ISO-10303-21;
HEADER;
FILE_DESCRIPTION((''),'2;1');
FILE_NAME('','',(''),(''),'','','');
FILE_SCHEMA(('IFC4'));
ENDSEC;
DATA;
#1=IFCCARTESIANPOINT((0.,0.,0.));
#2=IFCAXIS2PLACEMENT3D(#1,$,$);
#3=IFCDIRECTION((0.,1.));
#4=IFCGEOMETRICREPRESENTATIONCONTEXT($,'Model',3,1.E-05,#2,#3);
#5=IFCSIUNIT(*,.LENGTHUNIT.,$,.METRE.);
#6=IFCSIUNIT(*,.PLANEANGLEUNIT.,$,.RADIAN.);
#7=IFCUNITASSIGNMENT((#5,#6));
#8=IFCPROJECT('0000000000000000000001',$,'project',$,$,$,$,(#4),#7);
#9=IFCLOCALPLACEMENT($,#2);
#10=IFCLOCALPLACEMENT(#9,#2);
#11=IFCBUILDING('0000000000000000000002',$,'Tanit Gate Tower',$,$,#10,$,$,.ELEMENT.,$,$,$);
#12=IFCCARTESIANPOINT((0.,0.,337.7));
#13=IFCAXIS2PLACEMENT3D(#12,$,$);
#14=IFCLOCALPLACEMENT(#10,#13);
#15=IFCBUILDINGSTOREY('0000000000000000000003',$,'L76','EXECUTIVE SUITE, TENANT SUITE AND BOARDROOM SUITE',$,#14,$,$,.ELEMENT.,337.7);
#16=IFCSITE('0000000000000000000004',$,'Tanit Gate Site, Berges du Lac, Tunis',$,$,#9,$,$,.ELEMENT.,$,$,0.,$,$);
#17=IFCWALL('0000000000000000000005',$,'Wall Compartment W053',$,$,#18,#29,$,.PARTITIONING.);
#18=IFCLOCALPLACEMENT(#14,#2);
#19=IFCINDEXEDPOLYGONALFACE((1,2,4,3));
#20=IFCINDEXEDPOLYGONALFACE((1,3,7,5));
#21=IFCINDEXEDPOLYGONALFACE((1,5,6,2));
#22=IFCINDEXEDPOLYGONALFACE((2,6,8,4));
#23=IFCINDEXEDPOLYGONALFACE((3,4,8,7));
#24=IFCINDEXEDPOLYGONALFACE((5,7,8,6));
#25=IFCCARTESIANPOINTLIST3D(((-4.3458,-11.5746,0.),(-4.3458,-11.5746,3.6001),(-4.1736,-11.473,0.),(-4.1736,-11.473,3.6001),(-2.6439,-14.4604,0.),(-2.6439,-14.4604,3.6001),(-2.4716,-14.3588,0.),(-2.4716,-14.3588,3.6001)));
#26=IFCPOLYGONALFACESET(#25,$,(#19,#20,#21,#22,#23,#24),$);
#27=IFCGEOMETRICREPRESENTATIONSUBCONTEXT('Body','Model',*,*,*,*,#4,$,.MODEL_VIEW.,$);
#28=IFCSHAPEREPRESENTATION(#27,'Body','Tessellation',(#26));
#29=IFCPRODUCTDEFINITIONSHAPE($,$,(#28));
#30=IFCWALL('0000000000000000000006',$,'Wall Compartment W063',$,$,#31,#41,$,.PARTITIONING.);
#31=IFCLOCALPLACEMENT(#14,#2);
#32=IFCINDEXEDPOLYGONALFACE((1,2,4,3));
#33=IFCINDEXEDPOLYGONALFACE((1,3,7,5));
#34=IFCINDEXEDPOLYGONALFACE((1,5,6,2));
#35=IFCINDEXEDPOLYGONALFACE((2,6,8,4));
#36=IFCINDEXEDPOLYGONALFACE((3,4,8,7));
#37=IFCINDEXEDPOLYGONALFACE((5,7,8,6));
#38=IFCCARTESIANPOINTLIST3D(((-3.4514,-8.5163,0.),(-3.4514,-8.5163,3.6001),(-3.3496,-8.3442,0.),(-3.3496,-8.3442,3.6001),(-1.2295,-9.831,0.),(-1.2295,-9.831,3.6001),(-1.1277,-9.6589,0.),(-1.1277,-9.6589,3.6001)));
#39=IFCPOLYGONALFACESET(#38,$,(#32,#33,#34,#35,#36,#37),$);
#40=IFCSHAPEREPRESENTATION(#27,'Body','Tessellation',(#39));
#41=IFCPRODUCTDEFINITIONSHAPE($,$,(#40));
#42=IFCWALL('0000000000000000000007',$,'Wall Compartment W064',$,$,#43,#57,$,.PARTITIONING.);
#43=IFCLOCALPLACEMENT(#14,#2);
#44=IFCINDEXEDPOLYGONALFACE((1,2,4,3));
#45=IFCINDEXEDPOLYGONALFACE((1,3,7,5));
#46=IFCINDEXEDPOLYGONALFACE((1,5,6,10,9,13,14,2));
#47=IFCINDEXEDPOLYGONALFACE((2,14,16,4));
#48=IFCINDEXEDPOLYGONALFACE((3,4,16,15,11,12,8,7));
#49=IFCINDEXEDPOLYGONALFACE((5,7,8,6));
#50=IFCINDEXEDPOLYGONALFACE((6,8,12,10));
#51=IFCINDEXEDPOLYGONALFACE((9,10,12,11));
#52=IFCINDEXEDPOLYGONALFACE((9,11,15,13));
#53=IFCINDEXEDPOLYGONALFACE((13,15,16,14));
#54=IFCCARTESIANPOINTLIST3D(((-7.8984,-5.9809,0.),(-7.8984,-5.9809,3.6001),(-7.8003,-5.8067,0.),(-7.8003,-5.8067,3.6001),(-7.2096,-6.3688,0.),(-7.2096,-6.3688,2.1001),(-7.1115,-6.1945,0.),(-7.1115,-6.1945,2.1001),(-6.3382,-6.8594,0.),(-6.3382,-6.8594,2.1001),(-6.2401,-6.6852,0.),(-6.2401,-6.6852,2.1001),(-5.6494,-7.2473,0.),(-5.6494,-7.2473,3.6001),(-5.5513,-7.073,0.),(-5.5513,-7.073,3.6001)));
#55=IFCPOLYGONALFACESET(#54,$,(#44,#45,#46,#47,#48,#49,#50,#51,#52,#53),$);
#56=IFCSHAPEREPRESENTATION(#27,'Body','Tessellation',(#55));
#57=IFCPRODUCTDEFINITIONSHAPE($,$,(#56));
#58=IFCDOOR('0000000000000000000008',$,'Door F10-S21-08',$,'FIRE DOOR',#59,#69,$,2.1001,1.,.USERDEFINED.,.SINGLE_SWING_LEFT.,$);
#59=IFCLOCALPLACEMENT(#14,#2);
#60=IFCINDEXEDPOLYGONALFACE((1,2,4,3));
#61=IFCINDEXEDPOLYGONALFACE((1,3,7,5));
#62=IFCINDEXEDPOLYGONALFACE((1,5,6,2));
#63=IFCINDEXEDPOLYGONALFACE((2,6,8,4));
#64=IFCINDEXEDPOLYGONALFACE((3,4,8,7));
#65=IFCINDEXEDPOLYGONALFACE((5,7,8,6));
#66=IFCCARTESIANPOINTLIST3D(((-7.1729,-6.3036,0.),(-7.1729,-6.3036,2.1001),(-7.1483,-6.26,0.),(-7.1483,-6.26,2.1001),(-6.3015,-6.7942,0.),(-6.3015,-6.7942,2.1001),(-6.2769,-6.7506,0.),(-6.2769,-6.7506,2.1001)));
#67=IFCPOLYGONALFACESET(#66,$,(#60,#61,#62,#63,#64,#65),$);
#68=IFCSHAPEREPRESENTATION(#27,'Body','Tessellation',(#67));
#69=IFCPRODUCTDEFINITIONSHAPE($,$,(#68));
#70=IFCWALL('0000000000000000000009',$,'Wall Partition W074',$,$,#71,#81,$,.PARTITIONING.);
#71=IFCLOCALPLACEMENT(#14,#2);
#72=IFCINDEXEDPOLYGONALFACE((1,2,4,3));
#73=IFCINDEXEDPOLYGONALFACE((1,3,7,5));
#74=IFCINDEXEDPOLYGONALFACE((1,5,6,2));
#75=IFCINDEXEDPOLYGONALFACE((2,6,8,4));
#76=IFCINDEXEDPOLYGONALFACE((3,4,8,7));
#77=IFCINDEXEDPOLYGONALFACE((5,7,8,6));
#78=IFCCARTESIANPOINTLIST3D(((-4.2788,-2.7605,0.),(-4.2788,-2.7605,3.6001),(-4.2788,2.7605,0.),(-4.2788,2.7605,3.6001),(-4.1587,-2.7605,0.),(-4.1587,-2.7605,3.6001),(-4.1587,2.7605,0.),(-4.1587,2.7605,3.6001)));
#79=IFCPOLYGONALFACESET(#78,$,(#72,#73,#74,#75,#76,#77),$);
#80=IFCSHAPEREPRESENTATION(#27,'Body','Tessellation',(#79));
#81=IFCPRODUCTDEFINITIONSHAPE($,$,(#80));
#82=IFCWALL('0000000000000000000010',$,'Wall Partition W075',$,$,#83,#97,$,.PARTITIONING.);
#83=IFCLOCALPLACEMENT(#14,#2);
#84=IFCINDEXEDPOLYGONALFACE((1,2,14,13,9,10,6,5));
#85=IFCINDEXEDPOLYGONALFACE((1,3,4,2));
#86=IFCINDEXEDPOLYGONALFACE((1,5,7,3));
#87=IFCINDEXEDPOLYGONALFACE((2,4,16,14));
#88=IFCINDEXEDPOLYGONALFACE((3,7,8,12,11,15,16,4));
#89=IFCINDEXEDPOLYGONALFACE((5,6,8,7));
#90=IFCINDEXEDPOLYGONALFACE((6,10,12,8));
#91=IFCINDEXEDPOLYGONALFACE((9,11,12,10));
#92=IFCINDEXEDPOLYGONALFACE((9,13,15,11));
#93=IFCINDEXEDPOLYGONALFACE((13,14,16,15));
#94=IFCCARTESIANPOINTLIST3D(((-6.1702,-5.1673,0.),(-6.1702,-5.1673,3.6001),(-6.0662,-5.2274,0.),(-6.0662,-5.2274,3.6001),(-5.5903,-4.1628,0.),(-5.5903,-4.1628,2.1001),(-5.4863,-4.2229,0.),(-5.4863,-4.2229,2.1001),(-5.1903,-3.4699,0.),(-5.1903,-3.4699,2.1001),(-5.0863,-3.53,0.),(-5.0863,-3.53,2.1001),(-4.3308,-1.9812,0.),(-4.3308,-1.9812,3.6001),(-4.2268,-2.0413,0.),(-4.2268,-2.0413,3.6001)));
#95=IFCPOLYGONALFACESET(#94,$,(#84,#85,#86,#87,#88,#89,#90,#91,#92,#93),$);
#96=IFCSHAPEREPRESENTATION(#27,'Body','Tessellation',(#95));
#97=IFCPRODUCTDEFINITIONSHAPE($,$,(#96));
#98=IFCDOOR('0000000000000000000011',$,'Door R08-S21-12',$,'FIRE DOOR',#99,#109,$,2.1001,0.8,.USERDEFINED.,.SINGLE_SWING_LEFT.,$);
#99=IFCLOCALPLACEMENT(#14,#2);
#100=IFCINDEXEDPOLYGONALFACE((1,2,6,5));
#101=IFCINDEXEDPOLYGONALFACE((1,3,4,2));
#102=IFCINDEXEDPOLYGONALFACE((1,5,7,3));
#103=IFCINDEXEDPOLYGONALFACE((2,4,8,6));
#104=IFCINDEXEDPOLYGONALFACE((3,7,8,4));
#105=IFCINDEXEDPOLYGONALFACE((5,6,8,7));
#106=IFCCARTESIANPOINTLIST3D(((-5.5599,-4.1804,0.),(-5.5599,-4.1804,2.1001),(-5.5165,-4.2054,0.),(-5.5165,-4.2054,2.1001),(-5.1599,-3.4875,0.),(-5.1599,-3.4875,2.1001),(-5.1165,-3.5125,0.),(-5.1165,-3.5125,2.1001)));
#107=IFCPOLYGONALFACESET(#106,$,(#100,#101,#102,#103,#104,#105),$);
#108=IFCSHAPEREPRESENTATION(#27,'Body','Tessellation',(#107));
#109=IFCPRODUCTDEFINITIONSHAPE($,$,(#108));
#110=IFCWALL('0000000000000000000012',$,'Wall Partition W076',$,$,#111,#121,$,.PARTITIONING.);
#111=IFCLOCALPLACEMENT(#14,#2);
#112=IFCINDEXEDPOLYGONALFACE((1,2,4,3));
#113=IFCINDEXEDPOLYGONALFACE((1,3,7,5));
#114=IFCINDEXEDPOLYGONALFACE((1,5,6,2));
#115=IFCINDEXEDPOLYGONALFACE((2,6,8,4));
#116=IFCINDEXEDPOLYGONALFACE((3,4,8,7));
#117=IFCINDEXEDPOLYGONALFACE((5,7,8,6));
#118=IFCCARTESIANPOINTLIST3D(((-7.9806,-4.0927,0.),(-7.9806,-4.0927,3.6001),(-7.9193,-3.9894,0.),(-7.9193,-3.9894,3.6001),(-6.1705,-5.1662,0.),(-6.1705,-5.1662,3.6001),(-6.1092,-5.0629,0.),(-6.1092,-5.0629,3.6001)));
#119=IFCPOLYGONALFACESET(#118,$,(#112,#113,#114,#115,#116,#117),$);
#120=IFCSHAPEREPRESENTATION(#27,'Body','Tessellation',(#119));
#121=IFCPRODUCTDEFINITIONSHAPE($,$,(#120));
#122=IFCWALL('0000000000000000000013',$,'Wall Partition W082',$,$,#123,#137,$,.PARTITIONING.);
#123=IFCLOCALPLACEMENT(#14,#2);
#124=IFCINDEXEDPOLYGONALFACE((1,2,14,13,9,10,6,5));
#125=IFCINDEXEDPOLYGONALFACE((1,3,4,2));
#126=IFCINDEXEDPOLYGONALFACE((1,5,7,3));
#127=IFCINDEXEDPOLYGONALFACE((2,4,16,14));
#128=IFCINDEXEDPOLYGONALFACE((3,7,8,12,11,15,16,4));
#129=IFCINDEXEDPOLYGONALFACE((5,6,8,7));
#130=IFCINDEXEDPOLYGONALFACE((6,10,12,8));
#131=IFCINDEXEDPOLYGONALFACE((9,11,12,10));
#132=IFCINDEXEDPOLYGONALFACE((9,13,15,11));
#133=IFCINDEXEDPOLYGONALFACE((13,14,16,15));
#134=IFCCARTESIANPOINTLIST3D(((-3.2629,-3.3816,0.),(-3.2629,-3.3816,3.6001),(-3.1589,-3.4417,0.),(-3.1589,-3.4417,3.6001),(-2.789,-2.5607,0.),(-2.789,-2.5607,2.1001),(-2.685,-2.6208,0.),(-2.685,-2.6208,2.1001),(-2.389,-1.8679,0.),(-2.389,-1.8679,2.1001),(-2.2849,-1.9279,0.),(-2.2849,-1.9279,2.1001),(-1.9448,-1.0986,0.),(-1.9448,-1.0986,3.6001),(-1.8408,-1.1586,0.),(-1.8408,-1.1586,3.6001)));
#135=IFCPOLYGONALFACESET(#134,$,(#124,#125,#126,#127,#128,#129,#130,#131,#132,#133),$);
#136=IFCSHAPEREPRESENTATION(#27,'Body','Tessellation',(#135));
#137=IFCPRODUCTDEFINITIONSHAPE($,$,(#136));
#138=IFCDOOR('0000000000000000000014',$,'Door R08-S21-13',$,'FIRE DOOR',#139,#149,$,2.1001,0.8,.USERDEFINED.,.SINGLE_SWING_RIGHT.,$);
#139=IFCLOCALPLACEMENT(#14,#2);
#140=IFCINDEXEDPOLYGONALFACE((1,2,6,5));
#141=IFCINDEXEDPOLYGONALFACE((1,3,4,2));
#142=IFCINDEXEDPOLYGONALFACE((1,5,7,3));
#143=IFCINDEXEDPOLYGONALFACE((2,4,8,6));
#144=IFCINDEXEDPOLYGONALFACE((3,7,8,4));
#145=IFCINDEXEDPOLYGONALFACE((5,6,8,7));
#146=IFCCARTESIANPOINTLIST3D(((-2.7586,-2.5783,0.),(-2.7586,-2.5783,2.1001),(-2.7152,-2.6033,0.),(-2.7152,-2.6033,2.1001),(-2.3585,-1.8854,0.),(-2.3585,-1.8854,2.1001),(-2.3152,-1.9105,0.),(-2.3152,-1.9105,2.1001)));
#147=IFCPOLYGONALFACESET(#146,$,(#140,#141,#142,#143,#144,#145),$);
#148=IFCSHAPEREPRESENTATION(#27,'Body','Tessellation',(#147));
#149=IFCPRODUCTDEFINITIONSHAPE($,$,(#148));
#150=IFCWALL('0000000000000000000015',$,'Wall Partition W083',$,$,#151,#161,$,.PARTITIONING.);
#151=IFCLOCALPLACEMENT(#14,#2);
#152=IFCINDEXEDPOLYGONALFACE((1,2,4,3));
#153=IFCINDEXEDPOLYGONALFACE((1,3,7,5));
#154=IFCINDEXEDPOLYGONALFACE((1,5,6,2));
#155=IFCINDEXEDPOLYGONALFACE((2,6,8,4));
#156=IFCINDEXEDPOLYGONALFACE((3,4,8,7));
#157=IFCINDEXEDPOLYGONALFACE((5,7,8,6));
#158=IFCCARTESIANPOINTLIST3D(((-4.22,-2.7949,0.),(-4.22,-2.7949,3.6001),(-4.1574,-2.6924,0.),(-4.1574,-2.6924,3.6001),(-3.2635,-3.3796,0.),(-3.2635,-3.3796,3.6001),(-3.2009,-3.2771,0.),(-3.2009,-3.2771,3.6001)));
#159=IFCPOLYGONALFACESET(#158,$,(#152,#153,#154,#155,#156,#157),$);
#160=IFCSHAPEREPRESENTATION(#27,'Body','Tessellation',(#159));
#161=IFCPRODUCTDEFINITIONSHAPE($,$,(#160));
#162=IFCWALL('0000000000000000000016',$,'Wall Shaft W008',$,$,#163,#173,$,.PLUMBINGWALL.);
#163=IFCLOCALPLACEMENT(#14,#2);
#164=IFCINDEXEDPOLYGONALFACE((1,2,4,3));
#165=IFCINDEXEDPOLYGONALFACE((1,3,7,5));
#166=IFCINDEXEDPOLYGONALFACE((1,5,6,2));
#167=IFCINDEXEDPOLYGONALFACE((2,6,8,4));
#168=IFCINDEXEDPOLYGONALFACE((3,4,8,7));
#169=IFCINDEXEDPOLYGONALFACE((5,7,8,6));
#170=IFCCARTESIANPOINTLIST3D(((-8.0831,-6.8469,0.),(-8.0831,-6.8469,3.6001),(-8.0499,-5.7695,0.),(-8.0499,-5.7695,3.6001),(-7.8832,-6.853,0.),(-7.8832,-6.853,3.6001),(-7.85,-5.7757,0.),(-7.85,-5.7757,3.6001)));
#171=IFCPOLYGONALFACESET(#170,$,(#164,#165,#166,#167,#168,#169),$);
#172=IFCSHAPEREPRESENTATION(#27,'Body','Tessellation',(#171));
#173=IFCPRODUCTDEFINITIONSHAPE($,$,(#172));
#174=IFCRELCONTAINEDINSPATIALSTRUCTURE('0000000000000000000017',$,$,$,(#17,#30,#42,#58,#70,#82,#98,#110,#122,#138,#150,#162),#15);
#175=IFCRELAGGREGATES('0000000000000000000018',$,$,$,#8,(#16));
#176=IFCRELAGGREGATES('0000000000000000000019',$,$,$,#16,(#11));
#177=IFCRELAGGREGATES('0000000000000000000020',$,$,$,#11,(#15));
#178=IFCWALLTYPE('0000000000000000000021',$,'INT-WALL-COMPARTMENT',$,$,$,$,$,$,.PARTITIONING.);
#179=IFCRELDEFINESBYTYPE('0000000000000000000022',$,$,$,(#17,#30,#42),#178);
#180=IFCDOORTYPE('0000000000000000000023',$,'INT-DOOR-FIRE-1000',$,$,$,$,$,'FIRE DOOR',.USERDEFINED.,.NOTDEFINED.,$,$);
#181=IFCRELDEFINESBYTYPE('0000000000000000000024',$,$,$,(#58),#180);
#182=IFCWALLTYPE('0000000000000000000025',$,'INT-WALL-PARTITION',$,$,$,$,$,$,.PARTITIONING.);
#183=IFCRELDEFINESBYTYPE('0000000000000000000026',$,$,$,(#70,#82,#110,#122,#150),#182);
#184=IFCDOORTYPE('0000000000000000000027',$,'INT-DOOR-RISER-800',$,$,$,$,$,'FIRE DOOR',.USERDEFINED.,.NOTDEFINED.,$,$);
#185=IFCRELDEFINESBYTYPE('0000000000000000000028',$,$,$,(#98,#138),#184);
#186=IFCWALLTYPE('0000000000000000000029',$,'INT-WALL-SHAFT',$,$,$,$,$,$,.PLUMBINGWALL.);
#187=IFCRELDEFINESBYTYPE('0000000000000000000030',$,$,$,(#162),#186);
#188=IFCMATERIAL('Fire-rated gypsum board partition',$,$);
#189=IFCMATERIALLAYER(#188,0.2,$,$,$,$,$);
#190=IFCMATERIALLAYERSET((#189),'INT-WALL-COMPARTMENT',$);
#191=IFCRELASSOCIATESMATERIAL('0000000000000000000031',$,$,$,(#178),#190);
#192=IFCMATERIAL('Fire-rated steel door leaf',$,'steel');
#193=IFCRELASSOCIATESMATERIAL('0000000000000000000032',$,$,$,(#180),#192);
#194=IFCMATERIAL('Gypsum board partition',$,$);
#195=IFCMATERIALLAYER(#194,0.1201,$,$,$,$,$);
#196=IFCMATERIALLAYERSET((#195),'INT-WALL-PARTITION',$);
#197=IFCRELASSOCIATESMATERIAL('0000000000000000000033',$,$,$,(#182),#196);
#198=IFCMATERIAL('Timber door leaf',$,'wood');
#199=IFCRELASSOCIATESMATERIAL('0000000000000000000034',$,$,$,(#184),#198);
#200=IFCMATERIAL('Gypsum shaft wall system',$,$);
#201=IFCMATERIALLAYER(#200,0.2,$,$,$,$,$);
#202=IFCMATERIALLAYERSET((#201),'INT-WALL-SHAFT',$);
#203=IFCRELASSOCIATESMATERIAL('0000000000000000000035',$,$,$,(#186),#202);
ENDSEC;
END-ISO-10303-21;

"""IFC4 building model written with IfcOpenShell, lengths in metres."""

from ifc_helpers import new_model, si_unit, direction, frame, frame_2d, origin, place, context, subcontext, project, spatial, rectangle, extrude, material, layer, layer_set, type_object, element, fill, save


model = new_model("IFC4")

# Units and contexts
model_context = context("Model", 3, precision=1e-05, world=origin(), true_north=direction((0.0, 1.0)))
body_context = subcontext(model_context, "Body", "Model", "MODEL_VIEW")
ifc_project = project(units=[si_unit("LENGTHUNIT", "METRE"), si_unit("PLANEANGLEUNIT", "RADIAN")], contexts=[model_context])

# Site, building, storey
site_placement = place(None, origin())
site = spatial("IfcSite", under=ifc_project, at=site_placement, Name="Tanit Gate Site, Berges du Lac, Tunis", CompositionType="ELEMENT", RefElevation=0.0)
building_placement = place(site_placement, origin())
building = spatial("IfcBuilding", under=site, at=building_placement, Name="Tanit Gate Tower", CompositionType="ELEMENT")
storey_placement = place(building_placement, frame((0.0, 0.0, 337.7)))
storey = spatial("IfcBuildingStorey", under=building, at=storey_placement, Name="L76", Description="EXECUTIVE SUITE, TENANT SUITE AND BOARDROOM SUITE", CompositionType="ELEMENT", Elevation=337.7)

# Walls
ifc_material_1 = material(Name="Fire-rated gypsum board partition")
ifc_layer_1 = layer(ifc_material_1, 0.2)
ifc_layer_set_1 = layer_set([ifc_layer_1], Name="INT-WALL-COMPARTMENT")
wall_type_1 = type_object("IfcWallType", Name="INT-WALL-COMPARTMENT", PredefinedType="PARTITIONING", material=ifc_layer_set_1)
wall_1_placement = place(storey_placement, frame((-4.2598, -11.5237, 0.0), z_axis=(0.0, 0.0, 1.0), x_axis=(0.507997, -0.861359, 0.0)))
element("IfcWall", 1, at=wall_1_placement, inside=storey, type_object=wall_type_1, Name="Wall Compartment W053", PredefinedType="PARTITIONING", context=body_context, shape_type="SweptSolid", body=[
    extrude(rectangle(XDim=3.3503, YDim=0.2, at=frame_2d((1.6753, 0.0))), origin(), (0.0, 0.0, 1.0), 3.6001),
])
wall_2_placement = place(storey_placement, frame((-3.4006, -8.4302, 0.0), z_axis=(0.0, 0.0, 1.0), x_axis=(0.860631, -0.509229, 0.0)))
element("IfcWall", 2, at=wall_2_placement, inside=storey, type_object=wall_type_1, Name="Wall Compartment W063", PredefinedType="PARTITIONING", context=body_context, shape_type="SweptSolid", body=[
    extrude(rectangle(XDim=2.5818, YDim=0.2, at=frame_2d((1.291, 0.0))), origin(), (0.0, 0.0, 1.0), 3.6001),
])

# Wall, opening, door
wall_3_placement = place(storey_placement, frame((-7.8494, -5.8938, 0.0), z_axis=(0.0, 0.0, 1.0), x_axis=(0.871363, -0.490638, 0.0)))
wall_3 = element("IfcWall", 3, at=wall_3_placement, inside=storey, type_object=wall_type_1, Name="Wall Compartment W064", PredefinedType="PARTITIONING", context=body_context, shape_type="SweptSolid", body=[
    extrude(rectangle(XDim=2.5811, YDim=0.2, at=frame_2d((1.2905, 0.0))), origin(), (0.0, 0.0, 1.0), 3.6001),
])
opening_1_placement = place(wall_3_placement, frame((0.7905, 0.0, 0.0)))
opening_1 = element("IfcOpeningElement", 4, at=opening_1_placement, cuts=wall_3, PredefinedType="OPENING", context=body_context, shape_type="SweptSolid", body=[
    extrude(rectangle(XDim=1.0, YDim=2.1001, at=frame_2d((0.5, 1.05))), frame((0.0, 0.1099, 0.0), z_axis=(0.0, -1.0, 0.0), x_axis=(1.0, 0.0, 0.0)), (0.0, 0.0, 1.0), 0.22),
])
ifc_material_2 = material(Name="Fire-rated steel door leaf", Category="steel")
door_type_1 = type_object("IfcDoorType", Name="INT-DOOR-FIRE-1000", ElementType="FIRE DOOR", OperationType="NOTDEFINED", PredefinedType="USERDEFINED", material=ifc_material_2)
door_1_placement = place(opening_1_placement, origin())
door_1 = element("IfcDoor", 5, at=door_1_placement, inside=storey, type_object=door_type_1, Name="Door F10-S21-08", ObjectType="FIRE DOOR", OperationType="SINGLE_SWING_LEFT", OverallHeight=2.1001, OverallWidth=1.0, PredefinedType="USERDEFINED", context=body_context, shape_type="SweptSolid", body=[
    extrude(rectangle(XDim=1.0, YDim=2.1001, at=frame_2d((0.5, 1.05))), frame((0.0, 0.0249, 0.0), z_axis=(0.0, -1.0, 0.0), x_axis=(1.0, 0.0, 0.0)), (0.0, 0.0, 1.0), 0.05),
])
fill(opening_1, door_1)

# Wall
ifc_material_3 = material(Name="Gypsum board partition")
ifc_layer_2 = layer(ifc_material_3, 0.1201)
ifc_layer_set_2 = layer_set([ifc_layer_2], Name="INT-WALL-PARTITION")
wall_type_2 = type_object("IfcWallType", Name="INT-WALL-PARTITION", PredefinedType="PARTITIONING", material=ifc_layer_set_2)
wall_4_placement = place(storey_placement, frame((-4.2188, -2.7605, 0.0), z_axis=(0.0, 0.0, 1.0), x_axis=(0.0, 1.0, 0.0)))
element("IfcWall", 6, at=wall_4_placement, inside=storey, type_object=wall_type_2, Name="Wall Partition W074", PredefinedType="PARTITIONING", context=body_context, shape_type="SweptSolid", body=[
    extrude(rectangle(XDim=5.521, YDim=0.1201, at=frame_2d((2.7605, 0.0))), origin(), (0.0, 0.0, 1.0), 3.6001),
])

# Wall, opening, door
wall_5_placement = place(storey_placement, frame((-6.1182, -5.1973, 0.0), z_axis=(0.0, 0.0, 1.0), x_axis=(0.499979, 0.866038, 0.0)))
wall_5 = element("IfcWall", 7, at=wall_5_placement, inside=storey, type_object=wall_type_2, Name="Wall Partition W075", PredefinedType="PARTITIONING", context=body_context, shape_type="SweptSolid", body=[
    extrude(rectangle(XDim=3.679, YDim=0.1201, at=frame_2d((1.8394, 0.0))), origin(), (0.0, 0.0, 1.0), 3.6001),
])
opening_2_placement = place(wall_5_placement, frame((1.1599, 0.0, 0.0)))
opening_2 = element("IfcOpeningElement", 8, at=opening_2_placement, cuts=wall_5, PredefinedType="OPENING", context=body_context, shape_type="SweptSolid", body=[
    extrude(rectangle(XDim=0.8, YDim=2.1001, at=frame_2d((0.3999, 1.05))), frame((0.0, 0.0701, 0.0), z_axis=(0.0, -1.0, 0.0), x_axis=(1.0, 0.0, 0.0)), (0.0, 0.0, 1.0), 0.1401),
])
ifc_material_4 = material(Name="Timber door leaf", Category="wood")
door_type_2 = type_object("IfcDoorType", Name="INT-DOOR-RISER-800", ElementType="FIRE DOOR", OperationType="NOTDEFINED", PredefinedType="USERDEFINED", material=ifc_material_4)
door_2_placement = place(opening_2_placement, origin())
door_2 = element("IfcDoor", 9, at=door_2_placement, inside=storey, type_object=door_type_2, Name="Door R08-S21-12", ObjectType="FIRE DOOR", OperationType="SINGLE_SWING_LEFT", OverallHeight=2.1001, OverallWidth=0.8, PredefinedType="USERDEFINED", context=body_context, shape_type="SweptSolid", body=[
    extrude(rectangle(XDim=0.8, YDim=2.1001, at=frame_2d((0.3999, 1.05))), frame((0.0, 0.0249, 0.0), z_axis=(0.0, -1.0, 0.0), x_axis=(1.0, 0.0, 0.0)), (0.0, 0.0, 1.0), 0.05),
])
fill(opening_2, door_2)

# Wall
wall_6_placement = place(storey_placement, frame((-7.95, -4.041, 0.0), z_axis=(0.0, 0.0, 1.0), x_axis=(0.860112, -0.510104, 0.0)))
element("IfcWall", 10, at=wall_6_placement, inside=storey, type_object=wall_type_2, Name="Wall Partition W076", PredefinedType="PARTITIONING", context=body_context, shape_type="SweptSolid", body=[
    extrude(rectangle(XDim=2.1045, YDim=0.1201, at=frame_2d((1.0522, 0.0))), origin(), (0.0, 0.0, 1.0), 3.6001),
])

# Wall, opening, door
wall_7_placement = place(storey_placement, frame((-3.2109, -3.4116, 0.0), z_axis=(0.0, 0.0, 1.0), x_axis=(0.500014, 0.866017, 0.0)))
wall_7 = element("IfcWall", 11, at=wall_7_placement, inside=storey, type_object=wall_type_2, Name="Wall Partition W082", PredefinedType="PARTITIONING", context=body_context, shape_type="SweptSolid", body=[
    extrude(rectangle(XDim=2.6362, YDim=0.1201, at=frame_2d((1.3181, 0.0))), origin(), (0.0, 0.0, 1.0), 3.6001),
])
opening_3_placement = place(wall_7_placement, frame((0.948, 0.0, 0.0)))
opening_3 = element("IfcOpeningElement", 12, at=opening_3_placement, cuts=wall_7, PredefinedType="OPENING", context=body_context, shape_type="SweptSolid", body=[
    extrude(rectangle(XDim=0.8, YDim=2.1001, at=frame_2d((0.3999, 1.05))), frame((0.0, 0.0701, 0.0), z_axis=(0.0, -1.0, 0.0), x_axis=(1.0, 0.0, 0.0)), (0.0, 0.0, 1.0), 0.1401),
])
door_3_placement = place(opening_3_placement, origin())
door_3 = element("IfcDoor", 13, at=door_3_placement, inside=storey, type_object=door_type_2, Name="Door R08-S21-13", ObjectType="FIRE DOOR", OperationType="SINGLE_SWING_RIGHT", OverallHeight=2.1001, OverallWidth=0.8, PredefinedType="USERDEFINED", context=body_context, shape_type="SweptSolid", body=[
    extrude(rectangle(XDim=0.8, YDim=2.1001, at=frame_2d((0.3999, 1.05))), frame((0.0, 0.0249, 0.0), z_axis=(0.0, -1.0, 0.0), x_axis=(1.0, 0.0, 0.0)), (0.0, 0.0, 1.0), 0.05),
])
fill(opening_3, door_3)

# Walls
wall_8_placement = place(storey_placement, frame((-4.1887, -2.7437, 0.0), z_axis=(0.0, 0.0, 1.0), x_axis=(0.853217, -0.521556, 0.0)))
element("IfcWall", 14, at=wall_8_placement, inside=storey, type_object=wall_type_2, Name="Wall Partition W083", PredefinedType="PARTITIONING", context=body_context, shape_type="SweptSolid", body=[
    extrude(rectangle(XDim=1.1211, YDim=0.1201, at=frame_2d((0.5605, 0.0))), origin(), (0.0, 0.0, 1.0), 3.6001),
])
ifc_material_5 = material(Name="Gypsum shaft wall system")
ifc_layer_3 = layer(ifc_material_5, 0.2)
ifc_layer_set_3 = layer_set([ifc_layer_3], Name="INT-WALL-SHAFT")
wall_type_3 = type_object("IfcWallType", Name="INT-WALL-SHAFT", PredefinedType="PLUMBINGWALL", material=ifc_layer_set_3)
wall_9_placement = place(storey_placement, frame((-7.95, -5.7725, 0.0), z_axis=(0.0, 0.0, 1.0), x_axis=(-0.030803, -0.999525, 0.0)))
element("IfcWall", 15, at=wall_9_placement, inside=storey, type_object=wall_type_3, Name="Wall Shaft W008", PredefinedType="PLUMBINGWALL", context=body_context, shape_type="SweptSolid", body=[
    extrude(rectangle(XDim=1.0779, YDim=0.2, at=frame_2d((0.5391, 0.0))), origin(), (0.0, 0.0, 1.0), 3.6001),
])

save(model, "model.ifc")
